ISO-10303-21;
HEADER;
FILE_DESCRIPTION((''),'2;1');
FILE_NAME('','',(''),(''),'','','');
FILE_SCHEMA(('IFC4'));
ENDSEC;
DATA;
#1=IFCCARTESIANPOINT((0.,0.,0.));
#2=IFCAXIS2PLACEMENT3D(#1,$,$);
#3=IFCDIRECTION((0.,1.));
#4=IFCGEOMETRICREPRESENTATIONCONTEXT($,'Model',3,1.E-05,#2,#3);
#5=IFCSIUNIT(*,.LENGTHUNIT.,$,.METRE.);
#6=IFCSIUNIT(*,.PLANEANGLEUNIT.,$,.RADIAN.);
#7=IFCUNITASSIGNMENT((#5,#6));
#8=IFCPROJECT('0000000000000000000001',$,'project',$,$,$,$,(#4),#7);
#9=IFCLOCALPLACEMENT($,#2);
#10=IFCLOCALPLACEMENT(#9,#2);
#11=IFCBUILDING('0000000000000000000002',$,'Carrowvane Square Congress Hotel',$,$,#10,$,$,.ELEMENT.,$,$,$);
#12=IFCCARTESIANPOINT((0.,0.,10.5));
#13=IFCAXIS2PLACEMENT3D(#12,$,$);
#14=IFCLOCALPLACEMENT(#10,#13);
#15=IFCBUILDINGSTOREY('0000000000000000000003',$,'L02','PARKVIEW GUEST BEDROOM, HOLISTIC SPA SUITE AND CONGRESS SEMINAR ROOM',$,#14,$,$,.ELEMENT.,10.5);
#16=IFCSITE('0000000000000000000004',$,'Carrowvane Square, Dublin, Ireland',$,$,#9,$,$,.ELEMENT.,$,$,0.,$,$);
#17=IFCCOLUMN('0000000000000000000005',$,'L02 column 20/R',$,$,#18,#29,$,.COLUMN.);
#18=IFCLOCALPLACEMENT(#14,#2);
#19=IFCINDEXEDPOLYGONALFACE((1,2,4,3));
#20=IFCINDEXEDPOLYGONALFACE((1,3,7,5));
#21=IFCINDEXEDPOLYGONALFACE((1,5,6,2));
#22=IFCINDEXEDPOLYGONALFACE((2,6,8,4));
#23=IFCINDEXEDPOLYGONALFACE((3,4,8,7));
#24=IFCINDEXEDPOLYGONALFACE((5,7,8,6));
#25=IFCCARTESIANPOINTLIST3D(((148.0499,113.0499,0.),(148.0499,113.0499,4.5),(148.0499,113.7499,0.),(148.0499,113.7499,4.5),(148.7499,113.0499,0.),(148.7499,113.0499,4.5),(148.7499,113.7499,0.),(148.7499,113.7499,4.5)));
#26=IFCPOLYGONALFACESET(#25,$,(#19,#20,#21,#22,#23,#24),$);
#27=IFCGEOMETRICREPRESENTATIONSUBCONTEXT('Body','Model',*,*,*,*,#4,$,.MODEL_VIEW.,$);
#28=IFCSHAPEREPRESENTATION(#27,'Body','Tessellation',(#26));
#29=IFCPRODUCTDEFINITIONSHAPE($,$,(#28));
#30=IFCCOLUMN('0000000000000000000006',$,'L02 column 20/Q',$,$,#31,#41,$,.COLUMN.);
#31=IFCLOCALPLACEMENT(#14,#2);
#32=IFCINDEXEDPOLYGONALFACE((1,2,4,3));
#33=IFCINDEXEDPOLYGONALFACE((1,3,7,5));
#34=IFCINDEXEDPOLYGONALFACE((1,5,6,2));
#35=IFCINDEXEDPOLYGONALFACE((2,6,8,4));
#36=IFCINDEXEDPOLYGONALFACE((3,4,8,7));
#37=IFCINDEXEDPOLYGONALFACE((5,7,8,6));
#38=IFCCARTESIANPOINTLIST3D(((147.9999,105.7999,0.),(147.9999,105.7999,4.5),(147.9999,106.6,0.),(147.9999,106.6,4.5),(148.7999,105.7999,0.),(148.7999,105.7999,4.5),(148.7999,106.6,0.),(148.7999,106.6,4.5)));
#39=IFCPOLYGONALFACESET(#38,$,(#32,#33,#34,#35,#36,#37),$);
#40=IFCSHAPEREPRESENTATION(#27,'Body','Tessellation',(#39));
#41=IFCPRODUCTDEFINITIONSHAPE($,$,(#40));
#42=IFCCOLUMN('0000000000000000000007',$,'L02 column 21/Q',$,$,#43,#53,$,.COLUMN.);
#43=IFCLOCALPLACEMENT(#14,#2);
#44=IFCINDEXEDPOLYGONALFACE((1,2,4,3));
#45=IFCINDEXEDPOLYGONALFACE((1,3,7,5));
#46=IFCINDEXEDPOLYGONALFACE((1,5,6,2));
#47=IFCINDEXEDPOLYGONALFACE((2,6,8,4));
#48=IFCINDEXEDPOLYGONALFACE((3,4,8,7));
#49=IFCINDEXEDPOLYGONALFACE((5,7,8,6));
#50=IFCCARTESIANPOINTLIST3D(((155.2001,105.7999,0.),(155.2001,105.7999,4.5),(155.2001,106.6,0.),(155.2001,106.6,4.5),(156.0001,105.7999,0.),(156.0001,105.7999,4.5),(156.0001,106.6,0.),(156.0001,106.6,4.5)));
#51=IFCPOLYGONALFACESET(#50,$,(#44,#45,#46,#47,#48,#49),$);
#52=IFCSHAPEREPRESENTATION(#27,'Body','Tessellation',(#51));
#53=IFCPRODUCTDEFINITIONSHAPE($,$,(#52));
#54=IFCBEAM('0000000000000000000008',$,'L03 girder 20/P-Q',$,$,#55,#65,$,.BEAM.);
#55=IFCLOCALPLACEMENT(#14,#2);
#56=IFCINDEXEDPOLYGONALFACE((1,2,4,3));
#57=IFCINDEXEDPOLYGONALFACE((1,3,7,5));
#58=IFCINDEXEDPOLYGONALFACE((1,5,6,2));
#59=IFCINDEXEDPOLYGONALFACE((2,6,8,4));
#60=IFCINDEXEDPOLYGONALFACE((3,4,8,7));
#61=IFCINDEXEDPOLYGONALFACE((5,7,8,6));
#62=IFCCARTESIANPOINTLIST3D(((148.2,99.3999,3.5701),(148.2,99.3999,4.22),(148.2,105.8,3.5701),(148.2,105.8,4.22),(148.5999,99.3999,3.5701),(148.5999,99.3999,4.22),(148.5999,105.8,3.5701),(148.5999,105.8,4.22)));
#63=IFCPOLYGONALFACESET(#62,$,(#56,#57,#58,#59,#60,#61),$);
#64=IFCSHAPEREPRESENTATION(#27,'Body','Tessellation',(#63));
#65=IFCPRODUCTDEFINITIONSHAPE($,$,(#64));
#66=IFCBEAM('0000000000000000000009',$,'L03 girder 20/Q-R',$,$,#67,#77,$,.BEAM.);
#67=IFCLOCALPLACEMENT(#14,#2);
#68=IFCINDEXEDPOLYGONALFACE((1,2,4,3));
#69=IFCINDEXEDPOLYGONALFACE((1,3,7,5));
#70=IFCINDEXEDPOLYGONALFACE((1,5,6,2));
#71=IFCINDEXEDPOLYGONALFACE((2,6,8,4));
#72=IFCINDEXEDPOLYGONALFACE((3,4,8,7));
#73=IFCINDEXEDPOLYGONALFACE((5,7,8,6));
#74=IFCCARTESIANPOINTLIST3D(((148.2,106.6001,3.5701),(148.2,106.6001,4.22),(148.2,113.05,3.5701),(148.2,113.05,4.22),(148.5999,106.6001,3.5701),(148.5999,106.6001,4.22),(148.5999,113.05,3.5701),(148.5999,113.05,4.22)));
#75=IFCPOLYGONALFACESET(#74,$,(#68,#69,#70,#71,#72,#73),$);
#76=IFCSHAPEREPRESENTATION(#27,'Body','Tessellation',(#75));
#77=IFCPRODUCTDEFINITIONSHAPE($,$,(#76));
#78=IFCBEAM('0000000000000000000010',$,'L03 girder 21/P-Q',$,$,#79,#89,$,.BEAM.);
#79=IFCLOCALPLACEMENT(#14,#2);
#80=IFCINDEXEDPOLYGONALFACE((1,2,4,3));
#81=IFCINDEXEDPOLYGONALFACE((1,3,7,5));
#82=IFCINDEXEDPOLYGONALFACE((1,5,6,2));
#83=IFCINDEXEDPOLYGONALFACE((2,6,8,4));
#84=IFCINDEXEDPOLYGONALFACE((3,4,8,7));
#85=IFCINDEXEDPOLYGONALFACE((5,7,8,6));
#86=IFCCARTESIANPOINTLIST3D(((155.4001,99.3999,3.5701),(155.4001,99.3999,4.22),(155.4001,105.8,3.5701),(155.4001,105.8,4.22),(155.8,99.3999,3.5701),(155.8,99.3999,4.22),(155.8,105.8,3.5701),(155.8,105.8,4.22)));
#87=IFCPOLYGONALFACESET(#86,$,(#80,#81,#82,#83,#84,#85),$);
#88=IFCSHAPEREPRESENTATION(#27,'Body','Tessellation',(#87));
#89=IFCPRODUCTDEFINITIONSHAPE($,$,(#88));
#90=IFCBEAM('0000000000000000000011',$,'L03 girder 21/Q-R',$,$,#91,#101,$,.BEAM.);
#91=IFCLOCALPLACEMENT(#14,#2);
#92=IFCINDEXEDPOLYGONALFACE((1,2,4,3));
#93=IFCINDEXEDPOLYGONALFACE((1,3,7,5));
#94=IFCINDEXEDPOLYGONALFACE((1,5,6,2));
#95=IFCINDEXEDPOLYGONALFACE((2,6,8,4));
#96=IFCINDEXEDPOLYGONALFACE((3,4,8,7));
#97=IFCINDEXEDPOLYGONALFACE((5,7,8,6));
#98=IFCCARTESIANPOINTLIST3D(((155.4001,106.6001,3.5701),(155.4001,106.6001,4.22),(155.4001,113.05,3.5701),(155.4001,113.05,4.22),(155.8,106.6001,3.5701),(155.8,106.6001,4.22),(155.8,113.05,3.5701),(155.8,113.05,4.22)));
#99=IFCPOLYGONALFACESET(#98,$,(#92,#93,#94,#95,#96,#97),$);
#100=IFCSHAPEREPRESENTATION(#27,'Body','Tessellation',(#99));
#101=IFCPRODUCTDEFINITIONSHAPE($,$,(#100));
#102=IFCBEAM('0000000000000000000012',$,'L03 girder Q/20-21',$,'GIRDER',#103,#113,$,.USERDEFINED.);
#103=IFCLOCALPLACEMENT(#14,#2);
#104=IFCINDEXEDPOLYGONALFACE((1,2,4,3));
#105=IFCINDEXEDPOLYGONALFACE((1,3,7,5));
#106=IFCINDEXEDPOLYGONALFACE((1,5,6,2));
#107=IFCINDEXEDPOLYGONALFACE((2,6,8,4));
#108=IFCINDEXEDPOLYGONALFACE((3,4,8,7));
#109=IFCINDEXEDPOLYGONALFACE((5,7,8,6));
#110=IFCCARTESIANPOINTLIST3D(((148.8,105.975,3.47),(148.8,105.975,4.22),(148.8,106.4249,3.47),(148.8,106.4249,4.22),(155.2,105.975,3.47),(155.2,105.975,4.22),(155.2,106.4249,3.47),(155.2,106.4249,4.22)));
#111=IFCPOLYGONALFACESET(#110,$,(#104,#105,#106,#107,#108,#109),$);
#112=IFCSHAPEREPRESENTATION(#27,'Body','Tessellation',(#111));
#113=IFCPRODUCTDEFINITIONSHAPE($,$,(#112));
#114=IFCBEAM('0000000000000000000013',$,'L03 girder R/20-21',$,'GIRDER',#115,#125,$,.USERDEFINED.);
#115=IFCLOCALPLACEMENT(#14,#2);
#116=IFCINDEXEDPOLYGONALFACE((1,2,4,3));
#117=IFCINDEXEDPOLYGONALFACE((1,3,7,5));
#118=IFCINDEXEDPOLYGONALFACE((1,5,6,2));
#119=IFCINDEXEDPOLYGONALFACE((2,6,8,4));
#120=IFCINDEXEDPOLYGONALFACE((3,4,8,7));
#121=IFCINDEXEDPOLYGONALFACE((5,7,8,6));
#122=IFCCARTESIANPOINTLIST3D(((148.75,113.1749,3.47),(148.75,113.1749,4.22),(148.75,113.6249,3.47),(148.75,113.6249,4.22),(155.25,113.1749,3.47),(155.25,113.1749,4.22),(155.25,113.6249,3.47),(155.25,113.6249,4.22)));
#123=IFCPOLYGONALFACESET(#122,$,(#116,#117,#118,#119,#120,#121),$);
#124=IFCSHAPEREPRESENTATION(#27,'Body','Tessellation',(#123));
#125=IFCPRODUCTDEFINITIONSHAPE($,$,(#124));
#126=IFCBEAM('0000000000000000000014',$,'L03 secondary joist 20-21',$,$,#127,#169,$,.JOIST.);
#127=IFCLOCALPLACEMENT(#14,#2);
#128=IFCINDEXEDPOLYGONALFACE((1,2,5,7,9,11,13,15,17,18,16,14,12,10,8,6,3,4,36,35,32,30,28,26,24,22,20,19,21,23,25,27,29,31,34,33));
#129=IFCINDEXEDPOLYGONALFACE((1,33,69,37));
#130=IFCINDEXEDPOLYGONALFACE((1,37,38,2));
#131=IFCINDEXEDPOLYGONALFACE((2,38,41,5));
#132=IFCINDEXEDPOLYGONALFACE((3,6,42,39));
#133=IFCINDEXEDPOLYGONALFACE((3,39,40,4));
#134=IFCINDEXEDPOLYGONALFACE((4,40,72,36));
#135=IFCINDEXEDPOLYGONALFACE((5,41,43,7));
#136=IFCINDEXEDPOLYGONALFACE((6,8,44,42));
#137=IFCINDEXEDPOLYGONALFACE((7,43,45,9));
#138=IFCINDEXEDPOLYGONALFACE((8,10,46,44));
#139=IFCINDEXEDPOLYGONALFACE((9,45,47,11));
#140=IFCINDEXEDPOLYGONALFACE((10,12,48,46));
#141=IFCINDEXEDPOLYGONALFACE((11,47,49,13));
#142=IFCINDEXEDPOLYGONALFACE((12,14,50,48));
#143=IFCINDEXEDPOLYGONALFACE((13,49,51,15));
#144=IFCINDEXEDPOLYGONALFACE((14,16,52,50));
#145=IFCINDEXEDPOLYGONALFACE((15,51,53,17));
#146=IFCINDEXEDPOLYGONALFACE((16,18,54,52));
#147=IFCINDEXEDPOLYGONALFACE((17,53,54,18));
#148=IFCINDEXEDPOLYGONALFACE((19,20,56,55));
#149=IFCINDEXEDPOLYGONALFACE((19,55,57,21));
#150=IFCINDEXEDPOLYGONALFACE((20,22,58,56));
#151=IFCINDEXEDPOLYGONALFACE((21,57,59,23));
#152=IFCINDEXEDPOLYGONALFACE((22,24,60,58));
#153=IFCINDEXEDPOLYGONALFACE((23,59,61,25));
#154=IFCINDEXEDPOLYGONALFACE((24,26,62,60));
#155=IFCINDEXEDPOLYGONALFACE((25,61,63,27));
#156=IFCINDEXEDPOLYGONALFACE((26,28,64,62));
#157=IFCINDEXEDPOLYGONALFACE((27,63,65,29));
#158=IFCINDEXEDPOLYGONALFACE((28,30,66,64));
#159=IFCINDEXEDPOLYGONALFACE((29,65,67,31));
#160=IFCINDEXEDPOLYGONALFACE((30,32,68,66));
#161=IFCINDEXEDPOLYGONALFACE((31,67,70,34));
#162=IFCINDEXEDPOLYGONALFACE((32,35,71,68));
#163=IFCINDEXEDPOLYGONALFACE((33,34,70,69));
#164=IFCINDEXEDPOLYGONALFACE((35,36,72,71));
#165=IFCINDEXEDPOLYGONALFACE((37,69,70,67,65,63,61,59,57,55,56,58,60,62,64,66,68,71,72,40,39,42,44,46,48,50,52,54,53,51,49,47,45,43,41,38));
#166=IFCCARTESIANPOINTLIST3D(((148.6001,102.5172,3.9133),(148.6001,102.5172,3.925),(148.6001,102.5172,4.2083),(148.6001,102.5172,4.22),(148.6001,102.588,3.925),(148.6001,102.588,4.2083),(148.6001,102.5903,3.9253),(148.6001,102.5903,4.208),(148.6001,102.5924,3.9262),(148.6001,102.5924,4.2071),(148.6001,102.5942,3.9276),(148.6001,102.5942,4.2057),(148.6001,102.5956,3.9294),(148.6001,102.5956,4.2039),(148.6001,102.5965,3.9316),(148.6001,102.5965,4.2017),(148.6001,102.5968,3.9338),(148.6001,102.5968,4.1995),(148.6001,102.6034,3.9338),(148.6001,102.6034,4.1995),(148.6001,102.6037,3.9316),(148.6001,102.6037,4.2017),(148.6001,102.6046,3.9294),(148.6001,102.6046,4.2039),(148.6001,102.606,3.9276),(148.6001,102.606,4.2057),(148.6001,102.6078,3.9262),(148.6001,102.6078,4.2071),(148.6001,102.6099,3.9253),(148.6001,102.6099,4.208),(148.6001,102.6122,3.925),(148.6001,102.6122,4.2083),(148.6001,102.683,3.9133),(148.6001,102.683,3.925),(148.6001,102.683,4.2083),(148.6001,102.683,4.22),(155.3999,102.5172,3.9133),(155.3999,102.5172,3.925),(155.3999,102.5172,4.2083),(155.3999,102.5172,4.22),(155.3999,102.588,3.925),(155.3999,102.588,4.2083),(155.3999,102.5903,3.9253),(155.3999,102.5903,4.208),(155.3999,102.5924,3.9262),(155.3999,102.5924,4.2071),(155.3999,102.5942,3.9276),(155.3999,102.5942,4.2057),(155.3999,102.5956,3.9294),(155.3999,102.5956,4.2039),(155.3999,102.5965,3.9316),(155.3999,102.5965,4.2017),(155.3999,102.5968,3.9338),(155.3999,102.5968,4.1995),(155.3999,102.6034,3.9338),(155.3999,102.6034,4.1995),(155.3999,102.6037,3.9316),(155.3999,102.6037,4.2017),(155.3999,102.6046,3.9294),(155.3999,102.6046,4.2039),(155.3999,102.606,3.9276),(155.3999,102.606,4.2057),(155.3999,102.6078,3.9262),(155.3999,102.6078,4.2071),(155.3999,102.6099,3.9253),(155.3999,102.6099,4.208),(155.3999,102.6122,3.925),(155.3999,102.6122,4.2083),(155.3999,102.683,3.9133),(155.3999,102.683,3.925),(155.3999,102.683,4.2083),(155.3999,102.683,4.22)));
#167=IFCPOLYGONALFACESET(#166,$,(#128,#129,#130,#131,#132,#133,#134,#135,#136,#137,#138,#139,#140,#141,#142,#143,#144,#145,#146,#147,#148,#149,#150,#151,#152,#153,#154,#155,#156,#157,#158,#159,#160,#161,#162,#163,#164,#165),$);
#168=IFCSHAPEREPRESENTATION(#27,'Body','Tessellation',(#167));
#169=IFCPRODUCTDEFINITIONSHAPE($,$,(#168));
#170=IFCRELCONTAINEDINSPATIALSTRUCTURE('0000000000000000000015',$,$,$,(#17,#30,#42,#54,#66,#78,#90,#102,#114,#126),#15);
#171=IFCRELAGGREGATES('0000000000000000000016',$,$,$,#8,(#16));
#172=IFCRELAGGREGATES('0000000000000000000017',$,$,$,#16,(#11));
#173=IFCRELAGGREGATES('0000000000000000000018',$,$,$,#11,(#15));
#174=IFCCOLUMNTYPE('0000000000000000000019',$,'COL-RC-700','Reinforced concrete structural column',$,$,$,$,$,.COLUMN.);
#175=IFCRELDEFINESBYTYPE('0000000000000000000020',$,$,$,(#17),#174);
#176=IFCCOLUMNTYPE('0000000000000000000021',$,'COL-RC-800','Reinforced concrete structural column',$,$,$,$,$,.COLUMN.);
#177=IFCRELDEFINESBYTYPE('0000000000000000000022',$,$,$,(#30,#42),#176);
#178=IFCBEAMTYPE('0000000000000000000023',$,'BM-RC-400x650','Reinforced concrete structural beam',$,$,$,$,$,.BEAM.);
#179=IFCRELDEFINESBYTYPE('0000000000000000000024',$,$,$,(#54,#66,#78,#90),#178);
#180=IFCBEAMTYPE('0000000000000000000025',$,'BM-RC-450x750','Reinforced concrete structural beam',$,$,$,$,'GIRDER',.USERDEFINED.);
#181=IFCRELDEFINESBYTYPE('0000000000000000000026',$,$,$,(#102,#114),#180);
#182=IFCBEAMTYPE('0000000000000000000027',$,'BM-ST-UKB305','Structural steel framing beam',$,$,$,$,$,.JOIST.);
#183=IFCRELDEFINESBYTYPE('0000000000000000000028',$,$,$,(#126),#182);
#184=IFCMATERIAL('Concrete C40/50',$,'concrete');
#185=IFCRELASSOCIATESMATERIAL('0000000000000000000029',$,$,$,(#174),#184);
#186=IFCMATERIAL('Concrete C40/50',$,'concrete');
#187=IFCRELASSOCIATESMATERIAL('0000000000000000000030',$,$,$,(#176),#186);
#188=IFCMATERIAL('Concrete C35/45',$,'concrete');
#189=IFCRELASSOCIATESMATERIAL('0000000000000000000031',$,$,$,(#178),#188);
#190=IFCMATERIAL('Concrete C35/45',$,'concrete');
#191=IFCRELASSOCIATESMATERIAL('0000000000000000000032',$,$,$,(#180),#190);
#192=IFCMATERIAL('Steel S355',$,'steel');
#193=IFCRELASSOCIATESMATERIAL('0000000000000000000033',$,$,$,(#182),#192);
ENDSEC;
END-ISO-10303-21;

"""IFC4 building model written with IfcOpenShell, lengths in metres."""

from ifc_helpers import new_model, si_unit, direction, frame, origin, origin_2d, place, context, subcontext, project, spatial, rectangle, i_section, extrude, material, material_profile, profile_set, type_object, element, save


model = new_model("IFC4")

# Units and contexts
model_context = context("Model", 3, precision=1e-05, world=origin(), true_north=direction((0.0, 1.0)))
body_context = subcontext(model_context, "Body", "Model", "MODEL_VIEW")
ifc_project = project(units=[si_unit("LENGTHUNIT", "METRE"), si_unit("PLANEANGLEUNIT", "RADIAN")], contexts=[model_context])

# Site, building, storey
site_placement = place(None, origin())
site = spatial("IfcSite", under=ifc_project, at=site_placement, Name="Carrowvane Square, Dublin, Ireland", CompositionType="ELEMENT", RefElevation=0.0)
building_placement = place(site_placement, origin())
building = spatial("IfcBuilding", under=site, at=building_placement, Name="Carrowvane Square Congress Hotel", CompositionType="ELEMENT")
storey_placement = place(building_placement, frame((0.0, 0.0, 10.5)))
storey = spatial("IfcBuildingStorey", under=building, at=storey_placement, Name="L02", Description="PARKVIEW GUEST BEDROOM, HOLISTIC SPA SUITE AND CONGRESS SEMINAR ROOM", CompositionType="ELEMENT", Elevation=10.5)

# Columns
ifc_material_1 = material(Name="Concrete C40/50", Category="concrete")
ifc_material_profile_1 = material_profile(ifc_material_1, rectangle(XDim=0.7, YDim=0.7, at=origin_2d()), Name="RC 700x700")
ifc_profile_set_1 = profile_set([ifc_material_profile_1], Name="Concrete C40/50")
column_type_1 = type_object("IfcColumnType", Name="COL-RC-700", Description="Reinforced concrete structural column", PredefinedType="COLUMN", material=ifc_profile_set_1)
column_placement = place(storey_placement, frame((148.3999, 113.3999, 0.0), z_axis=(0.0, 0.0, 1.0), x_axis=(1.0, 0.0, 0.0)))
element("IfcColumn", 1, at=column_placement, inside=storey, type_object=column_type_1, Name="L02 column 20/R", PredefinedType="COLUMN", context=body_context, shape_type="SweptSolid", body=[
    extrude(rectangle(XDim=0.7, YDim=0.7, at=origin_2d()), origin(), (0.0, 0.0, 1.0), 4.5),
])
ifc_material_2 = material(Name="Concrete C40/50", Category="concrete")
ifc_material_profile_2 = material_profile(ifc_material_2, rectangle(XDim=0.8, YDim=0.8, at=origin_2d()), Name="RC 800x800")
ifc_profile_set_2 = profile_set([ifc_material_profile_2], Name="Concrete C40/50")
column_type_2 = type_object("IfcColumnType", Name="COL-RC-800", Description="Reinforced concrete structural column", PredefinedType="COLUMN", material=ifc_profile_set_2)
for number, where, z_axis, x_axis, name in (
    (2, (148.3999, 106.2, 0.0), (0.0, 0.0, 1.0), (1.0, 0.0, 0.0), "L02 column 20/Q"),
    (3, (155.6001, 106.2, 0.0), (0.0, 0.0, 1.0), (1.0, 0.0, 0.0), "L02 column 21/Q"),
):
    element("IfcColumn", number, at=place(storey_placement, frame(where, z_axis=z_axis, x_axis=x_axis)), inside=storey, type_object=column_type_2, Name=name, PredefinedType="COLUMN", context=body_context, shape_type="SweptSolid", body=[
        extrude(rectangle(XDim=0.8, YDim=0.8, at=origin_2d()), origin(), (0.0, 0.0, 1.0), 4.5),
    ])

# Beams
ifc_material_3 = material(Name="Concrete C35/45", Category="concrete")
ifc_material_profile_3 = material_profile(ifc_material_3, rectangle(XDim=0.3999, YDim=0.6499, at=origin_2d()), Name="RC 400x650")
ifc_profile_set_3 = profile_set([ifc_material_profile_3], Name="Concrete C35/45")
beam_type_1 = type_object("IfcBeamType", Name="BM-RC-400x650", Description="Reinforced concrete structural beam", PredefinedType="BEAM", material=ifc_profile_set_3)
beam_1_placement = place(storey_placement, frame((148.3999, 99.3999, 3.895), z_axis=(0.0, 1.0, 0.0), x_axis=(-1.0, 0.0, 0.0)))
element("IfcBeam", 4, at=beam_1_placement, inside=storey, type_object=beam_type_1, Name="L03 girder 20/P-Q", PredefinedType="BEAM", context=body_context, shape_type="SweptSolid", body=[
    extrude(rectangle(XDim=0.3999, YDim=0.6499, at=origin_2d()), origin(), (0.0, 0.0, 1.0), 6.4001),
])
beam_2_placement = place(storey_placement, frame((148.3999, 106.6001, 3.895), z_axis=(0.0, 1.0, 0.0), x_axis=(-1.0, 0.0, 0.0)))
element("IfcBeam", 5, at=beam_2_placement, inside=storey, type_object=beam_type_1, Name="L03 girder 20/Q-R", PredefinedType="BEAM", context=body_context, shape_type="SweptSolid", body=[
    extrude(rectangle(XDim=0.3999, YDim=0.6499, at=origin_2d()), origin(), (0.0, 0.0, 1.0), 6.45),
])
beam_3_placement = place(storey_placement, frame((155.6001, 99.3999, 3.895), z_axis=(0.0, 1.0, 0.0), x_axis=(-1.0, 0.0, 0.0)))
element("IfcBeam", 6, at=beam_3_placement, inside=storey, type_object=beam_type_1, Name="L03 girder 21/P-Q", PredefinedType="BEAM", context=body_context, shape_type="SweptSolid", body=[
    extrude(rectangle(XDim=0.3999, YDim=0.6499, at=origin_2d()), origin(), (0.0, 0.0, 1.0), 6.4001),
])
beam_4_placement = place(storey_placement, frame((155.6001, 106.6001, 3.895), z_axis=(0.0, 1.0, 0.0), x_axis=(-1.0, 0.0, 0.0)))
element("IfcBeam", 7, at=beam_4_placement, inside=storey, type_object=beam_type_1, Name="L03 girder 21/Q-R", PredefinedType="BEAM", context=body_context, shape_type="SweptSolid", body=[
    extrude(rectangle(XDim=0.3999, YDim=0.6499, at=origin_2d()), origin(), (0.0, 0.0, 1.0), 6.45),
])
ifc_material_4 = material(Name="Concrete C35/45", Category="concrete")
ifc_material_profile_4 = material_profile(ifc_material_4, rectangle(XDim=0.45, YDim=0.75, at=origin_2d()), Name="RC 450x750")
ifc_profile_set_4 = profile_set([ifc_material_profile_4], Name="Concrete C35/45")
beam_type_2 = type_object("IfcBeamType", Name="BM-RC-450x750", Description="Reinforced concrete structural beam", ElementType="GIRDER", PredefinedType="USERDEFINED", material=ifc_profile_set_4)
beam_5_placement = place(storey_placement, frame((148.8, 106.2, 3.845), z_axis=(1.0, 0.0, 0.0), x_axis=(0.0, 1.0, 0.0)))
element("IfcBeam", 8, at=beam_5_placement, inside=storey, type_object=beam_type_2, Name="L03 girder Q/20-21", ObjectType="GIRDER", PredefinedType="USERDEFINED", context=body_context, shape_type="SweptSolid", body=[
    extrude(rectangle(XDim=0.45, YDim=0.75, at=origin_2d()), origin(), (0.0, 0.0, 1.0), 6.3999),
])
beam_6_placement = place(storey_placement, frame((148.75, 113.3999, 3.845), z_axis=(1.0, 0.0, 0.0), x_axis=(0.0, 1.0, 0.0)))
element("IfcBeam", 9, at=beam_6_placement, inside=storey, type_object=beam_type_2, Name="L03 girder R/20-21", ObjectType="GIRDER", PredefinedType="USERDEFINED", context=body_context, shape_type="SweptSolid", body=[
    extrude(rectangle(XDim=0.45, YDim=0.75, at=origin_2d()), origin(), (0.0, 0.0, 1.0), 6.5),
])
ifc_material_5 = material(Name="Steel S355", Category="steel")
ifc_material_profile_5 = material_profile(ifc_material_5, i_section(OverallWidth=0.1658, OverallDepth=0.3066, WebThickness=0.0066, FlangeThickness=0.0117, FilletRadius=0.0088, at=origin_2d()), Name="UKB 305x165x46")
ifc_profile_set_5 = profile_set([ifc_material_profile_5], Name="Steel S355")
beam_type_3 = type_object("IfcBeamType", Name="BM-ST-UKB305", Description="Structural steel framing beam", PredefinedType="JOIST", material=ifc_profile_set_5)
for number, where, z_axis, x_axis, name in (
    (10, (148.6001, 102.6001, 4.0667), (1.0, 0.0, 0.0), (0.0, 1.0, 0.0), "L03 secondary joist 20-21"),
):
    element("IfcBeam", number, at=place(storey_placement, frame(where, z_axis=z_axis, x_axis=x_axis)), inside=storey, type_object=beam_type_3, Name=name, PredefinedType="JOIST", context=body_context, shape_type="SweptSolid", body=[
        extrude(i_section(OverallWidth=0.1658, OverallDepth=0.3066, WebThickness=0.0066, FlangeThickness=0.0117, FilletRadius=0.0088, at=origin_2d()), origin(), (0.0, 0.0, 1.0), 6.7998),
    ])

save(model, "model.ifc")
